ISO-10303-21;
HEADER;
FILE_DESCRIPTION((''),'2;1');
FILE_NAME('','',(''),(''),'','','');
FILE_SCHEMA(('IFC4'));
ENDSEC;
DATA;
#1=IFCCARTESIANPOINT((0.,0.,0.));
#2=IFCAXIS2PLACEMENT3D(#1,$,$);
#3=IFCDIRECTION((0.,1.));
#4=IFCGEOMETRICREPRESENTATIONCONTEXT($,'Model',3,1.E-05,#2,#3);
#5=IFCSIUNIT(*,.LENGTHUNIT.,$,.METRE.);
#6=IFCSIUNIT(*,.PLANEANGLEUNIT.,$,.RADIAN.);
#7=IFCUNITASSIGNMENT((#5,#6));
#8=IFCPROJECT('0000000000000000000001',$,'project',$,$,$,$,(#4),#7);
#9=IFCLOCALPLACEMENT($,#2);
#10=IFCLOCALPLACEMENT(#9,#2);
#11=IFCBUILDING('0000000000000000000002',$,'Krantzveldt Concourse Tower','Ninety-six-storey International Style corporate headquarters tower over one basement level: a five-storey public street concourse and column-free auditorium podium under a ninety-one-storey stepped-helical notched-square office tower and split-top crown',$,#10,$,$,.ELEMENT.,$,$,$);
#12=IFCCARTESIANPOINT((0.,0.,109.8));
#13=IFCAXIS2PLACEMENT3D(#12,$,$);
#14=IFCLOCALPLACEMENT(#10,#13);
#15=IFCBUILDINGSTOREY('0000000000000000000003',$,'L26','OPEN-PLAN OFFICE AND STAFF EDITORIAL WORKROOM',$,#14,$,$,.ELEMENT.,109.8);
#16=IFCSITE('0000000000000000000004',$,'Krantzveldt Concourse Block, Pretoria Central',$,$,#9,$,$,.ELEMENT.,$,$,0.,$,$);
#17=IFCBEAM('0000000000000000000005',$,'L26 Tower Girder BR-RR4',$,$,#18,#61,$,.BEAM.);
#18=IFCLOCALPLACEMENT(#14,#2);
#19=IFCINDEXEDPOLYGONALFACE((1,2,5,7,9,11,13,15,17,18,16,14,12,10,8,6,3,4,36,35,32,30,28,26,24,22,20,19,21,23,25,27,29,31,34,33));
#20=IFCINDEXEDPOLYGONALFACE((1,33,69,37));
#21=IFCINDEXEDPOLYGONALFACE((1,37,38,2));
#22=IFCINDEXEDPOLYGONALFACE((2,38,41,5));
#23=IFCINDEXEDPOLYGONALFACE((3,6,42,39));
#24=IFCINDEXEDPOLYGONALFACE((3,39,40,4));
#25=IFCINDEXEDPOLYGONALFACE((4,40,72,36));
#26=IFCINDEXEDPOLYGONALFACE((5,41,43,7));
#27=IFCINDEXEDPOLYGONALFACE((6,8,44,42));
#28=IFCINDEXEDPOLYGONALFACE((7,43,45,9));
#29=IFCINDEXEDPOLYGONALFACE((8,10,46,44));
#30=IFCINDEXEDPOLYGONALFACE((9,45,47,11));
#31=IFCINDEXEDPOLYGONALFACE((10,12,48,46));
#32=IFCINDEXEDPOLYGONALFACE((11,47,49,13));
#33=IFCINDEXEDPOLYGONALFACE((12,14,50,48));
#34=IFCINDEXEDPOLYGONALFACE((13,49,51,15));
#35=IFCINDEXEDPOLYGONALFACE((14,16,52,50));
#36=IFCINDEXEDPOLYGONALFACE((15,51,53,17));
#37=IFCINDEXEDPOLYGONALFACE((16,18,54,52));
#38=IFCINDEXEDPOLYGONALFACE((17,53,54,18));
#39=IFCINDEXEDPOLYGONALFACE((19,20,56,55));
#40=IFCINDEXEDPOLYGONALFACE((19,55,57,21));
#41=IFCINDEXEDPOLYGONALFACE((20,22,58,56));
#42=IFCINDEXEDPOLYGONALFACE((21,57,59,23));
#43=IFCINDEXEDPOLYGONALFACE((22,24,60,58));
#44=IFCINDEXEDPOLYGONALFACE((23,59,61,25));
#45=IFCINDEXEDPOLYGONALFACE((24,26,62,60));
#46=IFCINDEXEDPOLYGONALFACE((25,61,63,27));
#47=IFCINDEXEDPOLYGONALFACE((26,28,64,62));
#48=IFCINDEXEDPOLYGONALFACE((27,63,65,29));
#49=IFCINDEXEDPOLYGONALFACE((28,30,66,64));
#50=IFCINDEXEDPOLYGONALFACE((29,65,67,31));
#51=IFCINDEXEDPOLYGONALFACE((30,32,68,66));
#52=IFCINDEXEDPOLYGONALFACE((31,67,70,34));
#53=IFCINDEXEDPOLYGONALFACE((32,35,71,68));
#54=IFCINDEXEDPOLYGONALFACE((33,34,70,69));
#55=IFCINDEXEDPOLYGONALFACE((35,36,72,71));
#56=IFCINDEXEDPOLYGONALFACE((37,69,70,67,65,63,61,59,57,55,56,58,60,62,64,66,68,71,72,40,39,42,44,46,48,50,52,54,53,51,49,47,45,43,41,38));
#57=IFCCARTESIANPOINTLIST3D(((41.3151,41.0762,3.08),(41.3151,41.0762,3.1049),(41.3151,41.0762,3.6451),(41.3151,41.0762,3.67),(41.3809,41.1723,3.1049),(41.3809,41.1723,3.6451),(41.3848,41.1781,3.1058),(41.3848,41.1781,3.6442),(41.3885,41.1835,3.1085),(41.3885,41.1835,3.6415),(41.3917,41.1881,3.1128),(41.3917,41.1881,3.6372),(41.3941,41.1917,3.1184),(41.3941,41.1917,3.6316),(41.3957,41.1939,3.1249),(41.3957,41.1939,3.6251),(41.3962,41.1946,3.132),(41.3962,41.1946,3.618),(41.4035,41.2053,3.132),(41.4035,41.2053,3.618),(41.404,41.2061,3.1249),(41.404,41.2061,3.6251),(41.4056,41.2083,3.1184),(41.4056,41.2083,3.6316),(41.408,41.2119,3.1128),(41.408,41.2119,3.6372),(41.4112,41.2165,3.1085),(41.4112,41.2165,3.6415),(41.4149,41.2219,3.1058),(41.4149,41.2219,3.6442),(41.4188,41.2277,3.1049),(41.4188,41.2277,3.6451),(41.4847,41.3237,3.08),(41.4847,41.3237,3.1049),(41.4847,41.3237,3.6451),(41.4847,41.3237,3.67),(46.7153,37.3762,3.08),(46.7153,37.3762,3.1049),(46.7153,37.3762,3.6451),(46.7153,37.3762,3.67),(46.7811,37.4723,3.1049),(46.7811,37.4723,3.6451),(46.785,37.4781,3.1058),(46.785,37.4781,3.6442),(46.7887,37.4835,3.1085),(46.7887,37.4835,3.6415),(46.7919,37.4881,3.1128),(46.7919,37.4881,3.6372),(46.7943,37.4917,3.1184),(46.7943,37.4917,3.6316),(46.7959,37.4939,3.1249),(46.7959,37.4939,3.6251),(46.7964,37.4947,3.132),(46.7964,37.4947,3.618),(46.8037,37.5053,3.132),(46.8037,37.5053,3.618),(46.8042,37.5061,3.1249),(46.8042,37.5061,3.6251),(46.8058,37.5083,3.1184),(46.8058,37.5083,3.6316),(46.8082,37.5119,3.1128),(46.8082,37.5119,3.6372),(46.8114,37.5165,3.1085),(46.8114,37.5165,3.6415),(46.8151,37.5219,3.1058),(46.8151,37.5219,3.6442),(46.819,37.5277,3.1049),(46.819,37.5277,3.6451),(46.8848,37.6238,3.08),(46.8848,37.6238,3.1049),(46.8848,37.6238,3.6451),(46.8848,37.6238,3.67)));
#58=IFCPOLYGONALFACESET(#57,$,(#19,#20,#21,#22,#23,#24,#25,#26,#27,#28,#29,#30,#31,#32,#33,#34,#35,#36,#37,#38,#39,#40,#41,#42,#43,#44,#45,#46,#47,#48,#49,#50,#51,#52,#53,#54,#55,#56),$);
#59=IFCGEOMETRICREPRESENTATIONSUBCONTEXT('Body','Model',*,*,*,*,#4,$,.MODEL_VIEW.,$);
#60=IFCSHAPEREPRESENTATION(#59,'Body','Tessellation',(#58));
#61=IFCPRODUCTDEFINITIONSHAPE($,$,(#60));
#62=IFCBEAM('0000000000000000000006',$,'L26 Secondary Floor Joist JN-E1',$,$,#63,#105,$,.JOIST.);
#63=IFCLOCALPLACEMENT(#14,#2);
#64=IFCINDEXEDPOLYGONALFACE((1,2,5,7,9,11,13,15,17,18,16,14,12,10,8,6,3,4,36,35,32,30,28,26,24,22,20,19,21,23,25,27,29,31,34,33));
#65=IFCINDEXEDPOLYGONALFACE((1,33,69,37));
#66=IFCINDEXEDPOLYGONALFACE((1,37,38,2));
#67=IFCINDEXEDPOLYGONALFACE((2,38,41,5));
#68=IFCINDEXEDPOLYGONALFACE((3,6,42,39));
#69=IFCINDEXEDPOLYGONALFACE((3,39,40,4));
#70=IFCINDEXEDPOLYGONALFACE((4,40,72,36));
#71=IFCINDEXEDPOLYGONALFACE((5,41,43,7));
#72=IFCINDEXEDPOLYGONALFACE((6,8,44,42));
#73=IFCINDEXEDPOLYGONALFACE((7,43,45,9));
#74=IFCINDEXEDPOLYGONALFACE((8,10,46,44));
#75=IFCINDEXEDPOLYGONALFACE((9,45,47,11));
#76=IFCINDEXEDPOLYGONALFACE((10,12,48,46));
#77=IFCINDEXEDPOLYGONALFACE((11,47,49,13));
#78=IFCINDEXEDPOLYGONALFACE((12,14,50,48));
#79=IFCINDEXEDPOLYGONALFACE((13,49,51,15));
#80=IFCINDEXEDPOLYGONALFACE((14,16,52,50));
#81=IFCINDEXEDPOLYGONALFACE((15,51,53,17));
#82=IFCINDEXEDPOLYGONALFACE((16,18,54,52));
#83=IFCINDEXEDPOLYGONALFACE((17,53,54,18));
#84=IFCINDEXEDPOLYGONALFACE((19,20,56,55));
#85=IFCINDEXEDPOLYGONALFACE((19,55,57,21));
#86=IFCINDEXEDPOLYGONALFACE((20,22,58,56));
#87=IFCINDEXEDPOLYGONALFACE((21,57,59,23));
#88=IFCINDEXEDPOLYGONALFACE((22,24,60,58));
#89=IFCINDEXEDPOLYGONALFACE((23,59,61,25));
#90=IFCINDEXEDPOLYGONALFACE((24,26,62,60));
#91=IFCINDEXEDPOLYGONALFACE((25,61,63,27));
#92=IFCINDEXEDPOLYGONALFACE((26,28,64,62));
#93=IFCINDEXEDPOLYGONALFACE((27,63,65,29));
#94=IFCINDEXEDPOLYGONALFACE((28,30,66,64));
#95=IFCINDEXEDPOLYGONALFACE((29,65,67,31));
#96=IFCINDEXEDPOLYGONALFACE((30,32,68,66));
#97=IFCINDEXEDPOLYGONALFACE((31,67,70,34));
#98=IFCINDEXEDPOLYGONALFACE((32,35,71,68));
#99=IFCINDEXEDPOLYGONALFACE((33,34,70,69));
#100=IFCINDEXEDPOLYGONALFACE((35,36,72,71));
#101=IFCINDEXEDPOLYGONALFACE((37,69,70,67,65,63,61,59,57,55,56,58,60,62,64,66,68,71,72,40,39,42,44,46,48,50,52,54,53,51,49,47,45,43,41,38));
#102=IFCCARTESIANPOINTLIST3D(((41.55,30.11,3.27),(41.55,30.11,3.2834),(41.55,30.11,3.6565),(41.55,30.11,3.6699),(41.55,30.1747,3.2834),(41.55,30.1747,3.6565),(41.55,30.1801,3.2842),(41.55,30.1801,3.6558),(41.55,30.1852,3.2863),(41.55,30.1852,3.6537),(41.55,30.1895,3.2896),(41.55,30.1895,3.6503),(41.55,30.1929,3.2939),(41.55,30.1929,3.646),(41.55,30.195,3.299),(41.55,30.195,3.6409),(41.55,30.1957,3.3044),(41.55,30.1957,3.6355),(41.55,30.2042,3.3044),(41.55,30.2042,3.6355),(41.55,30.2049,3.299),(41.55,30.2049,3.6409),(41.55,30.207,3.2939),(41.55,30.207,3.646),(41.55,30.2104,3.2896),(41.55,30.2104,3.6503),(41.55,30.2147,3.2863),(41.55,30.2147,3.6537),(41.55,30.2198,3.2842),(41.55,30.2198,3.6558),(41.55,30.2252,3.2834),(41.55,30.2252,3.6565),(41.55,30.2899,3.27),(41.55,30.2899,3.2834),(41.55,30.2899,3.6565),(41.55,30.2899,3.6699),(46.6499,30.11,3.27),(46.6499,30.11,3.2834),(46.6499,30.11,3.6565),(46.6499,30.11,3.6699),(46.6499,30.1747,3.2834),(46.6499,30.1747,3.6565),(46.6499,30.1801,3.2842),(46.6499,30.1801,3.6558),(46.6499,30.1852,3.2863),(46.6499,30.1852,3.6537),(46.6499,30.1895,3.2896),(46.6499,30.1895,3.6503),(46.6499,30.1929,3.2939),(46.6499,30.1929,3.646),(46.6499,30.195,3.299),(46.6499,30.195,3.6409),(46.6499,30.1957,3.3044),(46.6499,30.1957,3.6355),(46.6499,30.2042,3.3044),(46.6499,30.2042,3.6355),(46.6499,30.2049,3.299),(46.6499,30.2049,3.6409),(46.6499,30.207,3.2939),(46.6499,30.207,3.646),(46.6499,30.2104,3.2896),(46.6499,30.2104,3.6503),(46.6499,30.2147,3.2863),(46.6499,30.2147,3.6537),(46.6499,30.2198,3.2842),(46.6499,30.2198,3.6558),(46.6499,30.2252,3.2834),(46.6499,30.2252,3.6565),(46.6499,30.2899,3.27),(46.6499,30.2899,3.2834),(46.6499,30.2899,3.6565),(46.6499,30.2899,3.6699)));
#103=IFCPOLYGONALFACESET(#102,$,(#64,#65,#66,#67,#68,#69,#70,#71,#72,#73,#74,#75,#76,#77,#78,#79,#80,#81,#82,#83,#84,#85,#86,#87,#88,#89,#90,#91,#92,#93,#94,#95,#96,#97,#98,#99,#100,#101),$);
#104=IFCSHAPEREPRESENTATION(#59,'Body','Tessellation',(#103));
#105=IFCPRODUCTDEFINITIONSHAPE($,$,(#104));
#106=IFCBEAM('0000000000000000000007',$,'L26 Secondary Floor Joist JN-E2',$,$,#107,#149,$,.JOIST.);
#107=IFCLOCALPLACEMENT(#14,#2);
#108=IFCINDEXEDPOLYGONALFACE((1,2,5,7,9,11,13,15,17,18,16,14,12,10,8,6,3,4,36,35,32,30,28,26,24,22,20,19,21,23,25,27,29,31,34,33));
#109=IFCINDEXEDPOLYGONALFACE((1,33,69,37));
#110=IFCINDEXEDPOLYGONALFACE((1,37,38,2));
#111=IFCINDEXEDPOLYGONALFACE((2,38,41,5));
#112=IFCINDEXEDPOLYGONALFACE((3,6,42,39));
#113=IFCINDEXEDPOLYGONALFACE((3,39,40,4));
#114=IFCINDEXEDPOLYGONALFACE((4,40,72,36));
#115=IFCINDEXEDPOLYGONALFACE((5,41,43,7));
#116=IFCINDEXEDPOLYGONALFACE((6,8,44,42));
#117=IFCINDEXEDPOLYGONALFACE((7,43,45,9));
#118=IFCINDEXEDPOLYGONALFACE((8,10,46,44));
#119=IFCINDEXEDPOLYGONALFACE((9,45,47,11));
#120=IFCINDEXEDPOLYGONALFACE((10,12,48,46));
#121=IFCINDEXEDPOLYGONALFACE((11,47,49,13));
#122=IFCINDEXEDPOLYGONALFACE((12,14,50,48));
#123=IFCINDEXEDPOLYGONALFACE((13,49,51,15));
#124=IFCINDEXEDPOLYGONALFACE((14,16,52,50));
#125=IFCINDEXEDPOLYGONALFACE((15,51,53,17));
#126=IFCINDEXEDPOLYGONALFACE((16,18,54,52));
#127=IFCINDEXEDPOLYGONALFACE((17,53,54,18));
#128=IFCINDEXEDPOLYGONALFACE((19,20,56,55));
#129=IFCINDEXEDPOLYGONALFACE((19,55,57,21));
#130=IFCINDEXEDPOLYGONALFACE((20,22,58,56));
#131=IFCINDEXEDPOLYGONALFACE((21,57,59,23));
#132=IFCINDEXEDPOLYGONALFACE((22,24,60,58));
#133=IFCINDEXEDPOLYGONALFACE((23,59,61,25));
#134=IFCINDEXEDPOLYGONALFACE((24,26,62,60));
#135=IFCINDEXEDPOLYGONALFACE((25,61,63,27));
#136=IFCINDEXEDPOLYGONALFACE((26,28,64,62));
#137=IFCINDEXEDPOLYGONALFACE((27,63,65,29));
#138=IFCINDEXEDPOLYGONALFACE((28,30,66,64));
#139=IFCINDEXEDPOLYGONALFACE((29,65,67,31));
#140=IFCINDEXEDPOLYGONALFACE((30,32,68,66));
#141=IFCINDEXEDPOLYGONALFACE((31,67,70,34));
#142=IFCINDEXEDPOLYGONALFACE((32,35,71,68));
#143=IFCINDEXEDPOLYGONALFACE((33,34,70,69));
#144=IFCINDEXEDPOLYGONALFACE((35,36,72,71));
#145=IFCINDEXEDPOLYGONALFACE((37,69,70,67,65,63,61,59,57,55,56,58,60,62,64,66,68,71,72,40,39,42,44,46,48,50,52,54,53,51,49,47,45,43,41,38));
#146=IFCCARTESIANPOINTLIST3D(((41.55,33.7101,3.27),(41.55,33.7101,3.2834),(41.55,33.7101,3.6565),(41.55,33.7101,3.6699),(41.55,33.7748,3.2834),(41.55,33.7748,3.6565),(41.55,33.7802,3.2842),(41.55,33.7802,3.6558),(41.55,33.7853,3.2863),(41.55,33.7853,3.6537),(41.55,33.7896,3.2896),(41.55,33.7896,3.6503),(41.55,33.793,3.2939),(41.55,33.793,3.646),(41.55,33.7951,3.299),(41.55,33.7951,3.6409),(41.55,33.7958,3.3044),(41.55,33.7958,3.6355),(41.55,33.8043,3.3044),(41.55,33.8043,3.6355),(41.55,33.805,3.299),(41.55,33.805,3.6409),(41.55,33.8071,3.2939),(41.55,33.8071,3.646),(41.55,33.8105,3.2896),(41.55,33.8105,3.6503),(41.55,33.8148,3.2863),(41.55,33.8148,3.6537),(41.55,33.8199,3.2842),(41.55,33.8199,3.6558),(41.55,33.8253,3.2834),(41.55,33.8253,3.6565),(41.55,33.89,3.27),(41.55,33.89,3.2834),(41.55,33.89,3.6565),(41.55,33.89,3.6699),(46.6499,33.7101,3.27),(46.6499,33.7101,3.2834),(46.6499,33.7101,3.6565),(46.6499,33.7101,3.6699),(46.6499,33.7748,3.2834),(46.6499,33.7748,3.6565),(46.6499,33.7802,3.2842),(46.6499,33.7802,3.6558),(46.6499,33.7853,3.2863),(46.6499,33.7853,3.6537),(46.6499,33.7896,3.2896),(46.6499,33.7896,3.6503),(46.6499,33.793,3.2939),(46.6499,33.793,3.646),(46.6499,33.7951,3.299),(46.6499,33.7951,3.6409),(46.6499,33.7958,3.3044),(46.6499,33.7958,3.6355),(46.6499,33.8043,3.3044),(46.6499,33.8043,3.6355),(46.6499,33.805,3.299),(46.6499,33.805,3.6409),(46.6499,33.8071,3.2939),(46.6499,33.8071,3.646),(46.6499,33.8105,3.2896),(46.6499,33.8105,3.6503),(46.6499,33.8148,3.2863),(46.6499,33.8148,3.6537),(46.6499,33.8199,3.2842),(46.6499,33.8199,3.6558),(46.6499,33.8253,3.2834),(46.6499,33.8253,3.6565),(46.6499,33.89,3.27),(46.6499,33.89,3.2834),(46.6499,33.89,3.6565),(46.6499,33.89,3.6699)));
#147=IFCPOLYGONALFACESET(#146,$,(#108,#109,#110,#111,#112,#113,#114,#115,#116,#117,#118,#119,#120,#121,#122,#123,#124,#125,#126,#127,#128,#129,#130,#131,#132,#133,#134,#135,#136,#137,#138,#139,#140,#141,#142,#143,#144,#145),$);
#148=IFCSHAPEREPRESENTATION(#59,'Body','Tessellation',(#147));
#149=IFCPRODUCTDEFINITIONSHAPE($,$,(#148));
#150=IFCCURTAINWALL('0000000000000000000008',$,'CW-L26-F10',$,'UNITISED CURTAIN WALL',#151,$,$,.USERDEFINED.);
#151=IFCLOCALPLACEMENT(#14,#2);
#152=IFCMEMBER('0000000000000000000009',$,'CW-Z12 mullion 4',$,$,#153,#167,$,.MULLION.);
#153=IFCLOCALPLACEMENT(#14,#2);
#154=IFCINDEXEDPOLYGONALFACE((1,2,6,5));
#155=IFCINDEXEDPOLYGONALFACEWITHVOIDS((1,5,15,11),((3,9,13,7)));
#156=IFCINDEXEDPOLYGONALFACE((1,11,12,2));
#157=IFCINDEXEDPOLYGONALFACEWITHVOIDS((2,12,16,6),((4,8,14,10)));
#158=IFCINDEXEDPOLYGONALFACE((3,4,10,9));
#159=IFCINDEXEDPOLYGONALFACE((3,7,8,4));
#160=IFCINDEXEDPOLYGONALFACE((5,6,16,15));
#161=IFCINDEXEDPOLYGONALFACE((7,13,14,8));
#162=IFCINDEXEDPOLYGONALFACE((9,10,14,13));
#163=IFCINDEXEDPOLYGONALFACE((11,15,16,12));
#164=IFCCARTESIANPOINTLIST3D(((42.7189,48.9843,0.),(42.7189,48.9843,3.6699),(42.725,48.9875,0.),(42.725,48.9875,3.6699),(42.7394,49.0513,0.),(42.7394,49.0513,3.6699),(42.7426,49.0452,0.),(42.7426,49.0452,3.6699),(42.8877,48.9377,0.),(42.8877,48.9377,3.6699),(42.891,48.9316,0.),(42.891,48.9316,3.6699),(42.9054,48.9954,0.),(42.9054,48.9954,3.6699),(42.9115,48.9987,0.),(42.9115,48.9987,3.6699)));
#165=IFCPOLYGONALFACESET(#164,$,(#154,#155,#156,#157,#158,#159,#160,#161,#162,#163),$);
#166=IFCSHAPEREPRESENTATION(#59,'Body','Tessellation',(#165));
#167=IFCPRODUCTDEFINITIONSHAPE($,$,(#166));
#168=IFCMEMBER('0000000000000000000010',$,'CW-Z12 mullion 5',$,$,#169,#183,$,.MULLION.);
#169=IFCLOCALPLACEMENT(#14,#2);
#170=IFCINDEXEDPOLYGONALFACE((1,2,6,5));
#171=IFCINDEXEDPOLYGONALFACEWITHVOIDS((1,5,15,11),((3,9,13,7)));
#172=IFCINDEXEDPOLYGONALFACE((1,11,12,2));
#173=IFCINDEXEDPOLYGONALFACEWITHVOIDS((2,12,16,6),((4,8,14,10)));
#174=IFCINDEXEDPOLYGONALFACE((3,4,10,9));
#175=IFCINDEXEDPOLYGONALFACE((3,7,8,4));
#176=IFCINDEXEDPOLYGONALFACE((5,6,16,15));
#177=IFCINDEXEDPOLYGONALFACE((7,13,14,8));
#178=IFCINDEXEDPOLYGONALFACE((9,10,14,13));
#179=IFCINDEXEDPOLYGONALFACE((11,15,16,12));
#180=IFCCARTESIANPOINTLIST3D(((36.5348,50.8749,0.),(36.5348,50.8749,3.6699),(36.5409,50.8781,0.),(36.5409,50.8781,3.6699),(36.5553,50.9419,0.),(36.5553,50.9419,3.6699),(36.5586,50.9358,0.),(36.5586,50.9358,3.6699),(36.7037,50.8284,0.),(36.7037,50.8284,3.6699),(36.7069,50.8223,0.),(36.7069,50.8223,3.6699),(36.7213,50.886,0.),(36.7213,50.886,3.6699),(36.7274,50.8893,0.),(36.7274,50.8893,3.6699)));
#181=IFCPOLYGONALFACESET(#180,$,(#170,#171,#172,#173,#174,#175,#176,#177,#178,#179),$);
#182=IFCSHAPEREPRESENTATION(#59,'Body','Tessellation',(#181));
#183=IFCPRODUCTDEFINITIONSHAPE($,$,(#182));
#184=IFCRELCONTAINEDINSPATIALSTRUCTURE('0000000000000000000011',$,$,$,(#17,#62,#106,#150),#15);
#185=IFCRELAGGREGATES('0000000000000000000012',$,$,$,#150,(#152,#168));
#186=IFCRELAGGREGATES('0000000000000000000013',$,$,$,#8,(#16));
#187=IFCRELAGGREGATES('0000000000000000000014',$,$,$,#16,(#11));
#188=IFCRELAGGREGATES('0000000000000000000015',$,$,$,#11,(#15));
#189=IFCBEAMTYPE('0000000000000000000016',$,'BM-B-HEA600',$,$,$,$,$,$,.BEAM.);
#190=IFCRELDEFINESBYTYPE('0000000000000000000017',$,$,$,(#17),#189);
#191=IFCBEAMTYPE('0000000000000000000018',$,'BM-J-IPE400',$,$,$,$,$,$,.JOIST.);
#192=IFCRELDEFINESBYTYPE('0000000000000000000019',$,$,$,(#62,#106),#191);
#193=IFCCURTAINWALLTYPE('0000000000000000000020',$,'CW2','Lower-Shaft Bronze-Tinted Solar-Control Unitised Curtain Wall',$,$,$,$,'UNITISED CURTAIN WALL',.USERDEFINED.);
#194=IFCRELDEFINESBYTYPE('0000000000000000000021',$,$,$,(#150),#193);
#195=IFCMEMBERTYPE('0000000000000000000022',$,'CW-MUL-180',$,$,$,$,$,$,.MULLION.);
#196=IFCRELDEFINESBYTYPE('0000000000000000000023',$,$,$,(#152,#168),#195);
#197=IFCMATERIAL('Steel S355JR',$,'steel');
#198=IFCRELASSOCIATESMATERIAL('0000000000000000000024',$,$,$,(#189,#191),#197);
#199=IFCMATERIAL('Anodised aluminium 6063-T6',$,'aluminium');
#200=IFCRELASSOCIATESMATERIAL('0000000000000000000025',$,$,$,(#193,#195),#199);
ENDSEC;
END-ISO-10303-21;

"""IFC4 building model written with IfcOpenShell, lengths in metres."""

from ifc_helpers import new_model, si_unit, direction, frame, origin, origin_2d, place, context, subcontext, project, spatial, hollow_rectangle, i_section, extrude, source, transform, mapped, material, material_profile, profile_set, type_object, type_shapes, element, aggregate, save


model = new_model("IFC4")

# Units and contexts
model_context = context("Model", 3, precision=1e-05, world=origin(), true_north=direction((0.0, 1.0)))
body_context = subcontext(model_context, "Body", "Model", "MODEL_VIEW")
ifc_project = project(units=[si_unit("LENGTHUNIT", "METRE"), si_unit("PLANEANGLEUNIT", "RADIAN")], contexts=[model_context])

# Site, building, storey
site_placement = place(None, origin())
site = spatial("IfcSite", under=ifc_project, at=site_placement, Name="Krantzveldt Concourse Block, Pretoria Central", CompositionType="ELEMENT", RefElevation=0.0)
building_placement = place(site_placement, origin())
building = spatial("IfcBuilding", under=site, at=building_placement, Name="Krantzveldt Concourse Tower", Description="Ninety-six-storey International Style corporate headquarters tower over one basement level: a five-storey public street concourse and column-free auditorium podium under a ninety-one-storey stepped-helical notched-square office tower and split-top crown", CompositionType="ELEMENT")
storey_placement = place(building_placement, frame((0.0, 0.0, 109.8)))
storey = spatial("IfcBuildingStorey", under=building, at=storey_placement, Name="L26", Description="OPEN-PLAN OFFICE AND STAFF EDITORIAL WORKROOM", CompositionType="ELEMENT", Elevation=109.8)

# Beams
ifc_material_1 = material(Name="Steel S355JR", Category="steel")
ifc_material_profile_1 = material_profile(ifc_material_1, i_section(OverallWidth=0.3, OverallDepth=0.5901, WebThickness=0.0129, FlangeThickness=0.0249, FilletRadius=0.0271, at=origin_2d()), Name="Steel S355JR", Category="steel")
ifc_profile_set_1 = profile_set([ifc_material_profile_1], Name="Steel S355JR - HEA 600")
beam_type_1 = type_object("IfcBeamType", Name="BM-B-HEA600", PredefinedType="BEAM", material=ifc_profile_set_1)
shared_shape_1 = source(origin(), body_context, "Body", "SweptSolid", [
    extrude(i_section(OverallWidth=0.3, OverallDepth=0.5901, WebThickness=0.0129, FlangeThickness=0.0249, FilletRadius=0.0271, at=origin_2d()), origin(), (0.0, 0.0, 1.0), 6.5461),
])
beam_1_placement = place(storey_placement, frame((46.8, 37.5, 3.375), z_axis=(-0.824943, 0.565216, 0.0), x_axis=(-0.565216, -0.824943, 0.0)))
element("IfcBeam", 1, at=beam_1_placement, inside=storey, type_object=beam_type_1, Name="L26 Tower Girder BR-RR4", PredefinedType="BEAM", context=body_context, shape_type="MappedRepresentation", body=[
    mapped(shared_shape_1, transform((0.0, 0.0, 0.0), x_axis=(1.0, 0.0, 0.0), y_axis=(0.0, 1.0, 0.0), z_axis=(0.0, 0.0, 1.0), scale=1.0)),
])
ifc_material_profile_2 = material_profile(ifc_material_1, i_section(OverallWidth=0.1799, OverallDepth=0.3999, WebThickness=0.0085, FlangeThickness=0.0134, FilletRadius=0.021, at=origin_2d()), Name="Steel S355JR", Category="steel")
ifc_profile_set_2 = profile_set([ifc_material_profile_2], Name="Steel S355JR - IPE 400")
beam_type_2 = type_object("IfcBeamType", Name="BM-J-IPE400", PredefinedType="JOIST", material=ifc_profile_set_2)
shared_shape_2 = source(origin(), body_context, "Body", "SweptSolid", [
    extrude(i_section(OverallWidth=0.1799, OverallDepth=0.3999, WebThickness=0.0085, FlangeThickness=0.0134, FilletRadius=0.021, at=origin_2d()), origin(), (0.0, 0.0, 1.0), 5.0999),
])
type_shapes(beam_type_2, [shared_shape_2])
for number, where, z_axis, x_axis, name in (
    (2, (41.55, 30.2, 3.47), (1.0, 0.0, 0.0), (0.0, 1.0, 0.0), "L26 Secondary Floor Joist JN-E1"),
    (3, (41.55, 33.8, 3.47), (1.0, 0.0, 0.0), (0.0, 1.0, 0.0), "L26 Secondary Floor Joist JN-E2"),
):
    element("IfcBeam", number, at=place(storey_placement, frame(where, z_axis=z_axis, x_axis=x_axis)), inside=storey, type_object=beam_type_2, Name=name, PredefinedType="JOIST", context=body_context, shape_type="MappedRepresentation", body=[
        mapped(shared_shape_2, transform((0.0, 0.0, 0.0), x_axis=(1.0, 0.0, 0.0), y_axis=(0.0, 1.0, 0.0), z_axis=(0.0, 0.0, 1.0), scale=1.0)),
    ])

# Curtain wall, members
ifc_material_2 = material(Name="Anodised aluminium 6063-T6", Category="aluminium")
curtain_wall_type = type_object("IfcCurtainWallType", Name="CW2", Description="Lower-Shaft Bronze-Tinted Solar-Control Unitised Curtain Wall", ElementType="UNITISED CURTAIN WALL", PredefinedType="USERDEFINED", material=ifc_material_2)
curtain_wall_placement = place(storey_placement, origin())
curtain_wall = element("IfcCurtainWall", 4, at=curtain_wall_placement, inside=storey, type_object=curtain_wall_type, Name="CW-L26-F10", ObjectType="UNITISED CURTAIN WALL", PredefinedType="USERDEFINED")
ifc_material_profile_3 = material_profile(ifc_material_2, hollow_rectangle(XDim=0.0701, YDim=0.1799, WallThickness=0.0049, at=origin_2d()), Name="Anodised aluminium 6063-T6", Category="aluminium")
ifc_profile_set_3 = profile_set([ifc_material_profile_3], Name="Anodised aluminium 6063-T6 - ALU-MULL 180x70x5")
member_type_1 = type_object("IfcMemberType", Name="CW-MUL-180", PredefinedType="MULLION", material=ifc_profile_set_3)
shared_shape_3 = source(origin(), body_context, "Body", "SweptSolid", [
    extrude(hollow_rectangle(XDim=0.0701, YDim=0.1799, WallThickness=0.0049, at=origin_2d()), origin(), (0.0, 0.0, 1.0), 3.6699),
])
type_shapes(member_type_1, [shared_shape_3])
member_1_placement = place(storey_placement, frame((42.8152, 48.9915, 0.0), z_axis=(0.0, 0.0, 1.0), x_axis=(-0.292372, -0.956305, 0.0)))
member_1 = element("IfcMember", 5, at=member_1_placement, type_object=member_type_1, Name="CW-Z12 mullion 4", PredefinedType="MULLION", context=body_context, shape_type="MappedRepresentation", body=[
    mapped(shared_shape_3, transform((0.0, 0.0, 0.0), x_axis=(1.0, 0.0, 0.0), y_axis=(0.0, 1.0, 0.0), z_axis=(0.0, 0.0, 1.0), scale=1.0)),
])
member_2_placement = place(storey_placement, frame((36.6311, 50.8821, 0.0), z_axis=(0.0, 0.0, 1.0), x_axis=(-0.292372, -0.956305, 0.0)))
member_2 = element("IfcMember", 6, at=member_2_placement, type_object=member_type_1, Name="CW-Z12 mullion 5", PredefinedType="MULLION", context=body_context, shape_type="MappedRepresentation", body=[
    mapped(shared_shape_3, transform((0.0, 0.0, 0.0), x_axis=(1.0, 0.0, 0.0), y_axis=(0.0, 1.0, 0.0), z_axis=(0.0, 0.0, 1.0), scale=1.0)),
])
aggregate(curtain_wall, [member_1, member_2])

save(model, "model.ifc")
